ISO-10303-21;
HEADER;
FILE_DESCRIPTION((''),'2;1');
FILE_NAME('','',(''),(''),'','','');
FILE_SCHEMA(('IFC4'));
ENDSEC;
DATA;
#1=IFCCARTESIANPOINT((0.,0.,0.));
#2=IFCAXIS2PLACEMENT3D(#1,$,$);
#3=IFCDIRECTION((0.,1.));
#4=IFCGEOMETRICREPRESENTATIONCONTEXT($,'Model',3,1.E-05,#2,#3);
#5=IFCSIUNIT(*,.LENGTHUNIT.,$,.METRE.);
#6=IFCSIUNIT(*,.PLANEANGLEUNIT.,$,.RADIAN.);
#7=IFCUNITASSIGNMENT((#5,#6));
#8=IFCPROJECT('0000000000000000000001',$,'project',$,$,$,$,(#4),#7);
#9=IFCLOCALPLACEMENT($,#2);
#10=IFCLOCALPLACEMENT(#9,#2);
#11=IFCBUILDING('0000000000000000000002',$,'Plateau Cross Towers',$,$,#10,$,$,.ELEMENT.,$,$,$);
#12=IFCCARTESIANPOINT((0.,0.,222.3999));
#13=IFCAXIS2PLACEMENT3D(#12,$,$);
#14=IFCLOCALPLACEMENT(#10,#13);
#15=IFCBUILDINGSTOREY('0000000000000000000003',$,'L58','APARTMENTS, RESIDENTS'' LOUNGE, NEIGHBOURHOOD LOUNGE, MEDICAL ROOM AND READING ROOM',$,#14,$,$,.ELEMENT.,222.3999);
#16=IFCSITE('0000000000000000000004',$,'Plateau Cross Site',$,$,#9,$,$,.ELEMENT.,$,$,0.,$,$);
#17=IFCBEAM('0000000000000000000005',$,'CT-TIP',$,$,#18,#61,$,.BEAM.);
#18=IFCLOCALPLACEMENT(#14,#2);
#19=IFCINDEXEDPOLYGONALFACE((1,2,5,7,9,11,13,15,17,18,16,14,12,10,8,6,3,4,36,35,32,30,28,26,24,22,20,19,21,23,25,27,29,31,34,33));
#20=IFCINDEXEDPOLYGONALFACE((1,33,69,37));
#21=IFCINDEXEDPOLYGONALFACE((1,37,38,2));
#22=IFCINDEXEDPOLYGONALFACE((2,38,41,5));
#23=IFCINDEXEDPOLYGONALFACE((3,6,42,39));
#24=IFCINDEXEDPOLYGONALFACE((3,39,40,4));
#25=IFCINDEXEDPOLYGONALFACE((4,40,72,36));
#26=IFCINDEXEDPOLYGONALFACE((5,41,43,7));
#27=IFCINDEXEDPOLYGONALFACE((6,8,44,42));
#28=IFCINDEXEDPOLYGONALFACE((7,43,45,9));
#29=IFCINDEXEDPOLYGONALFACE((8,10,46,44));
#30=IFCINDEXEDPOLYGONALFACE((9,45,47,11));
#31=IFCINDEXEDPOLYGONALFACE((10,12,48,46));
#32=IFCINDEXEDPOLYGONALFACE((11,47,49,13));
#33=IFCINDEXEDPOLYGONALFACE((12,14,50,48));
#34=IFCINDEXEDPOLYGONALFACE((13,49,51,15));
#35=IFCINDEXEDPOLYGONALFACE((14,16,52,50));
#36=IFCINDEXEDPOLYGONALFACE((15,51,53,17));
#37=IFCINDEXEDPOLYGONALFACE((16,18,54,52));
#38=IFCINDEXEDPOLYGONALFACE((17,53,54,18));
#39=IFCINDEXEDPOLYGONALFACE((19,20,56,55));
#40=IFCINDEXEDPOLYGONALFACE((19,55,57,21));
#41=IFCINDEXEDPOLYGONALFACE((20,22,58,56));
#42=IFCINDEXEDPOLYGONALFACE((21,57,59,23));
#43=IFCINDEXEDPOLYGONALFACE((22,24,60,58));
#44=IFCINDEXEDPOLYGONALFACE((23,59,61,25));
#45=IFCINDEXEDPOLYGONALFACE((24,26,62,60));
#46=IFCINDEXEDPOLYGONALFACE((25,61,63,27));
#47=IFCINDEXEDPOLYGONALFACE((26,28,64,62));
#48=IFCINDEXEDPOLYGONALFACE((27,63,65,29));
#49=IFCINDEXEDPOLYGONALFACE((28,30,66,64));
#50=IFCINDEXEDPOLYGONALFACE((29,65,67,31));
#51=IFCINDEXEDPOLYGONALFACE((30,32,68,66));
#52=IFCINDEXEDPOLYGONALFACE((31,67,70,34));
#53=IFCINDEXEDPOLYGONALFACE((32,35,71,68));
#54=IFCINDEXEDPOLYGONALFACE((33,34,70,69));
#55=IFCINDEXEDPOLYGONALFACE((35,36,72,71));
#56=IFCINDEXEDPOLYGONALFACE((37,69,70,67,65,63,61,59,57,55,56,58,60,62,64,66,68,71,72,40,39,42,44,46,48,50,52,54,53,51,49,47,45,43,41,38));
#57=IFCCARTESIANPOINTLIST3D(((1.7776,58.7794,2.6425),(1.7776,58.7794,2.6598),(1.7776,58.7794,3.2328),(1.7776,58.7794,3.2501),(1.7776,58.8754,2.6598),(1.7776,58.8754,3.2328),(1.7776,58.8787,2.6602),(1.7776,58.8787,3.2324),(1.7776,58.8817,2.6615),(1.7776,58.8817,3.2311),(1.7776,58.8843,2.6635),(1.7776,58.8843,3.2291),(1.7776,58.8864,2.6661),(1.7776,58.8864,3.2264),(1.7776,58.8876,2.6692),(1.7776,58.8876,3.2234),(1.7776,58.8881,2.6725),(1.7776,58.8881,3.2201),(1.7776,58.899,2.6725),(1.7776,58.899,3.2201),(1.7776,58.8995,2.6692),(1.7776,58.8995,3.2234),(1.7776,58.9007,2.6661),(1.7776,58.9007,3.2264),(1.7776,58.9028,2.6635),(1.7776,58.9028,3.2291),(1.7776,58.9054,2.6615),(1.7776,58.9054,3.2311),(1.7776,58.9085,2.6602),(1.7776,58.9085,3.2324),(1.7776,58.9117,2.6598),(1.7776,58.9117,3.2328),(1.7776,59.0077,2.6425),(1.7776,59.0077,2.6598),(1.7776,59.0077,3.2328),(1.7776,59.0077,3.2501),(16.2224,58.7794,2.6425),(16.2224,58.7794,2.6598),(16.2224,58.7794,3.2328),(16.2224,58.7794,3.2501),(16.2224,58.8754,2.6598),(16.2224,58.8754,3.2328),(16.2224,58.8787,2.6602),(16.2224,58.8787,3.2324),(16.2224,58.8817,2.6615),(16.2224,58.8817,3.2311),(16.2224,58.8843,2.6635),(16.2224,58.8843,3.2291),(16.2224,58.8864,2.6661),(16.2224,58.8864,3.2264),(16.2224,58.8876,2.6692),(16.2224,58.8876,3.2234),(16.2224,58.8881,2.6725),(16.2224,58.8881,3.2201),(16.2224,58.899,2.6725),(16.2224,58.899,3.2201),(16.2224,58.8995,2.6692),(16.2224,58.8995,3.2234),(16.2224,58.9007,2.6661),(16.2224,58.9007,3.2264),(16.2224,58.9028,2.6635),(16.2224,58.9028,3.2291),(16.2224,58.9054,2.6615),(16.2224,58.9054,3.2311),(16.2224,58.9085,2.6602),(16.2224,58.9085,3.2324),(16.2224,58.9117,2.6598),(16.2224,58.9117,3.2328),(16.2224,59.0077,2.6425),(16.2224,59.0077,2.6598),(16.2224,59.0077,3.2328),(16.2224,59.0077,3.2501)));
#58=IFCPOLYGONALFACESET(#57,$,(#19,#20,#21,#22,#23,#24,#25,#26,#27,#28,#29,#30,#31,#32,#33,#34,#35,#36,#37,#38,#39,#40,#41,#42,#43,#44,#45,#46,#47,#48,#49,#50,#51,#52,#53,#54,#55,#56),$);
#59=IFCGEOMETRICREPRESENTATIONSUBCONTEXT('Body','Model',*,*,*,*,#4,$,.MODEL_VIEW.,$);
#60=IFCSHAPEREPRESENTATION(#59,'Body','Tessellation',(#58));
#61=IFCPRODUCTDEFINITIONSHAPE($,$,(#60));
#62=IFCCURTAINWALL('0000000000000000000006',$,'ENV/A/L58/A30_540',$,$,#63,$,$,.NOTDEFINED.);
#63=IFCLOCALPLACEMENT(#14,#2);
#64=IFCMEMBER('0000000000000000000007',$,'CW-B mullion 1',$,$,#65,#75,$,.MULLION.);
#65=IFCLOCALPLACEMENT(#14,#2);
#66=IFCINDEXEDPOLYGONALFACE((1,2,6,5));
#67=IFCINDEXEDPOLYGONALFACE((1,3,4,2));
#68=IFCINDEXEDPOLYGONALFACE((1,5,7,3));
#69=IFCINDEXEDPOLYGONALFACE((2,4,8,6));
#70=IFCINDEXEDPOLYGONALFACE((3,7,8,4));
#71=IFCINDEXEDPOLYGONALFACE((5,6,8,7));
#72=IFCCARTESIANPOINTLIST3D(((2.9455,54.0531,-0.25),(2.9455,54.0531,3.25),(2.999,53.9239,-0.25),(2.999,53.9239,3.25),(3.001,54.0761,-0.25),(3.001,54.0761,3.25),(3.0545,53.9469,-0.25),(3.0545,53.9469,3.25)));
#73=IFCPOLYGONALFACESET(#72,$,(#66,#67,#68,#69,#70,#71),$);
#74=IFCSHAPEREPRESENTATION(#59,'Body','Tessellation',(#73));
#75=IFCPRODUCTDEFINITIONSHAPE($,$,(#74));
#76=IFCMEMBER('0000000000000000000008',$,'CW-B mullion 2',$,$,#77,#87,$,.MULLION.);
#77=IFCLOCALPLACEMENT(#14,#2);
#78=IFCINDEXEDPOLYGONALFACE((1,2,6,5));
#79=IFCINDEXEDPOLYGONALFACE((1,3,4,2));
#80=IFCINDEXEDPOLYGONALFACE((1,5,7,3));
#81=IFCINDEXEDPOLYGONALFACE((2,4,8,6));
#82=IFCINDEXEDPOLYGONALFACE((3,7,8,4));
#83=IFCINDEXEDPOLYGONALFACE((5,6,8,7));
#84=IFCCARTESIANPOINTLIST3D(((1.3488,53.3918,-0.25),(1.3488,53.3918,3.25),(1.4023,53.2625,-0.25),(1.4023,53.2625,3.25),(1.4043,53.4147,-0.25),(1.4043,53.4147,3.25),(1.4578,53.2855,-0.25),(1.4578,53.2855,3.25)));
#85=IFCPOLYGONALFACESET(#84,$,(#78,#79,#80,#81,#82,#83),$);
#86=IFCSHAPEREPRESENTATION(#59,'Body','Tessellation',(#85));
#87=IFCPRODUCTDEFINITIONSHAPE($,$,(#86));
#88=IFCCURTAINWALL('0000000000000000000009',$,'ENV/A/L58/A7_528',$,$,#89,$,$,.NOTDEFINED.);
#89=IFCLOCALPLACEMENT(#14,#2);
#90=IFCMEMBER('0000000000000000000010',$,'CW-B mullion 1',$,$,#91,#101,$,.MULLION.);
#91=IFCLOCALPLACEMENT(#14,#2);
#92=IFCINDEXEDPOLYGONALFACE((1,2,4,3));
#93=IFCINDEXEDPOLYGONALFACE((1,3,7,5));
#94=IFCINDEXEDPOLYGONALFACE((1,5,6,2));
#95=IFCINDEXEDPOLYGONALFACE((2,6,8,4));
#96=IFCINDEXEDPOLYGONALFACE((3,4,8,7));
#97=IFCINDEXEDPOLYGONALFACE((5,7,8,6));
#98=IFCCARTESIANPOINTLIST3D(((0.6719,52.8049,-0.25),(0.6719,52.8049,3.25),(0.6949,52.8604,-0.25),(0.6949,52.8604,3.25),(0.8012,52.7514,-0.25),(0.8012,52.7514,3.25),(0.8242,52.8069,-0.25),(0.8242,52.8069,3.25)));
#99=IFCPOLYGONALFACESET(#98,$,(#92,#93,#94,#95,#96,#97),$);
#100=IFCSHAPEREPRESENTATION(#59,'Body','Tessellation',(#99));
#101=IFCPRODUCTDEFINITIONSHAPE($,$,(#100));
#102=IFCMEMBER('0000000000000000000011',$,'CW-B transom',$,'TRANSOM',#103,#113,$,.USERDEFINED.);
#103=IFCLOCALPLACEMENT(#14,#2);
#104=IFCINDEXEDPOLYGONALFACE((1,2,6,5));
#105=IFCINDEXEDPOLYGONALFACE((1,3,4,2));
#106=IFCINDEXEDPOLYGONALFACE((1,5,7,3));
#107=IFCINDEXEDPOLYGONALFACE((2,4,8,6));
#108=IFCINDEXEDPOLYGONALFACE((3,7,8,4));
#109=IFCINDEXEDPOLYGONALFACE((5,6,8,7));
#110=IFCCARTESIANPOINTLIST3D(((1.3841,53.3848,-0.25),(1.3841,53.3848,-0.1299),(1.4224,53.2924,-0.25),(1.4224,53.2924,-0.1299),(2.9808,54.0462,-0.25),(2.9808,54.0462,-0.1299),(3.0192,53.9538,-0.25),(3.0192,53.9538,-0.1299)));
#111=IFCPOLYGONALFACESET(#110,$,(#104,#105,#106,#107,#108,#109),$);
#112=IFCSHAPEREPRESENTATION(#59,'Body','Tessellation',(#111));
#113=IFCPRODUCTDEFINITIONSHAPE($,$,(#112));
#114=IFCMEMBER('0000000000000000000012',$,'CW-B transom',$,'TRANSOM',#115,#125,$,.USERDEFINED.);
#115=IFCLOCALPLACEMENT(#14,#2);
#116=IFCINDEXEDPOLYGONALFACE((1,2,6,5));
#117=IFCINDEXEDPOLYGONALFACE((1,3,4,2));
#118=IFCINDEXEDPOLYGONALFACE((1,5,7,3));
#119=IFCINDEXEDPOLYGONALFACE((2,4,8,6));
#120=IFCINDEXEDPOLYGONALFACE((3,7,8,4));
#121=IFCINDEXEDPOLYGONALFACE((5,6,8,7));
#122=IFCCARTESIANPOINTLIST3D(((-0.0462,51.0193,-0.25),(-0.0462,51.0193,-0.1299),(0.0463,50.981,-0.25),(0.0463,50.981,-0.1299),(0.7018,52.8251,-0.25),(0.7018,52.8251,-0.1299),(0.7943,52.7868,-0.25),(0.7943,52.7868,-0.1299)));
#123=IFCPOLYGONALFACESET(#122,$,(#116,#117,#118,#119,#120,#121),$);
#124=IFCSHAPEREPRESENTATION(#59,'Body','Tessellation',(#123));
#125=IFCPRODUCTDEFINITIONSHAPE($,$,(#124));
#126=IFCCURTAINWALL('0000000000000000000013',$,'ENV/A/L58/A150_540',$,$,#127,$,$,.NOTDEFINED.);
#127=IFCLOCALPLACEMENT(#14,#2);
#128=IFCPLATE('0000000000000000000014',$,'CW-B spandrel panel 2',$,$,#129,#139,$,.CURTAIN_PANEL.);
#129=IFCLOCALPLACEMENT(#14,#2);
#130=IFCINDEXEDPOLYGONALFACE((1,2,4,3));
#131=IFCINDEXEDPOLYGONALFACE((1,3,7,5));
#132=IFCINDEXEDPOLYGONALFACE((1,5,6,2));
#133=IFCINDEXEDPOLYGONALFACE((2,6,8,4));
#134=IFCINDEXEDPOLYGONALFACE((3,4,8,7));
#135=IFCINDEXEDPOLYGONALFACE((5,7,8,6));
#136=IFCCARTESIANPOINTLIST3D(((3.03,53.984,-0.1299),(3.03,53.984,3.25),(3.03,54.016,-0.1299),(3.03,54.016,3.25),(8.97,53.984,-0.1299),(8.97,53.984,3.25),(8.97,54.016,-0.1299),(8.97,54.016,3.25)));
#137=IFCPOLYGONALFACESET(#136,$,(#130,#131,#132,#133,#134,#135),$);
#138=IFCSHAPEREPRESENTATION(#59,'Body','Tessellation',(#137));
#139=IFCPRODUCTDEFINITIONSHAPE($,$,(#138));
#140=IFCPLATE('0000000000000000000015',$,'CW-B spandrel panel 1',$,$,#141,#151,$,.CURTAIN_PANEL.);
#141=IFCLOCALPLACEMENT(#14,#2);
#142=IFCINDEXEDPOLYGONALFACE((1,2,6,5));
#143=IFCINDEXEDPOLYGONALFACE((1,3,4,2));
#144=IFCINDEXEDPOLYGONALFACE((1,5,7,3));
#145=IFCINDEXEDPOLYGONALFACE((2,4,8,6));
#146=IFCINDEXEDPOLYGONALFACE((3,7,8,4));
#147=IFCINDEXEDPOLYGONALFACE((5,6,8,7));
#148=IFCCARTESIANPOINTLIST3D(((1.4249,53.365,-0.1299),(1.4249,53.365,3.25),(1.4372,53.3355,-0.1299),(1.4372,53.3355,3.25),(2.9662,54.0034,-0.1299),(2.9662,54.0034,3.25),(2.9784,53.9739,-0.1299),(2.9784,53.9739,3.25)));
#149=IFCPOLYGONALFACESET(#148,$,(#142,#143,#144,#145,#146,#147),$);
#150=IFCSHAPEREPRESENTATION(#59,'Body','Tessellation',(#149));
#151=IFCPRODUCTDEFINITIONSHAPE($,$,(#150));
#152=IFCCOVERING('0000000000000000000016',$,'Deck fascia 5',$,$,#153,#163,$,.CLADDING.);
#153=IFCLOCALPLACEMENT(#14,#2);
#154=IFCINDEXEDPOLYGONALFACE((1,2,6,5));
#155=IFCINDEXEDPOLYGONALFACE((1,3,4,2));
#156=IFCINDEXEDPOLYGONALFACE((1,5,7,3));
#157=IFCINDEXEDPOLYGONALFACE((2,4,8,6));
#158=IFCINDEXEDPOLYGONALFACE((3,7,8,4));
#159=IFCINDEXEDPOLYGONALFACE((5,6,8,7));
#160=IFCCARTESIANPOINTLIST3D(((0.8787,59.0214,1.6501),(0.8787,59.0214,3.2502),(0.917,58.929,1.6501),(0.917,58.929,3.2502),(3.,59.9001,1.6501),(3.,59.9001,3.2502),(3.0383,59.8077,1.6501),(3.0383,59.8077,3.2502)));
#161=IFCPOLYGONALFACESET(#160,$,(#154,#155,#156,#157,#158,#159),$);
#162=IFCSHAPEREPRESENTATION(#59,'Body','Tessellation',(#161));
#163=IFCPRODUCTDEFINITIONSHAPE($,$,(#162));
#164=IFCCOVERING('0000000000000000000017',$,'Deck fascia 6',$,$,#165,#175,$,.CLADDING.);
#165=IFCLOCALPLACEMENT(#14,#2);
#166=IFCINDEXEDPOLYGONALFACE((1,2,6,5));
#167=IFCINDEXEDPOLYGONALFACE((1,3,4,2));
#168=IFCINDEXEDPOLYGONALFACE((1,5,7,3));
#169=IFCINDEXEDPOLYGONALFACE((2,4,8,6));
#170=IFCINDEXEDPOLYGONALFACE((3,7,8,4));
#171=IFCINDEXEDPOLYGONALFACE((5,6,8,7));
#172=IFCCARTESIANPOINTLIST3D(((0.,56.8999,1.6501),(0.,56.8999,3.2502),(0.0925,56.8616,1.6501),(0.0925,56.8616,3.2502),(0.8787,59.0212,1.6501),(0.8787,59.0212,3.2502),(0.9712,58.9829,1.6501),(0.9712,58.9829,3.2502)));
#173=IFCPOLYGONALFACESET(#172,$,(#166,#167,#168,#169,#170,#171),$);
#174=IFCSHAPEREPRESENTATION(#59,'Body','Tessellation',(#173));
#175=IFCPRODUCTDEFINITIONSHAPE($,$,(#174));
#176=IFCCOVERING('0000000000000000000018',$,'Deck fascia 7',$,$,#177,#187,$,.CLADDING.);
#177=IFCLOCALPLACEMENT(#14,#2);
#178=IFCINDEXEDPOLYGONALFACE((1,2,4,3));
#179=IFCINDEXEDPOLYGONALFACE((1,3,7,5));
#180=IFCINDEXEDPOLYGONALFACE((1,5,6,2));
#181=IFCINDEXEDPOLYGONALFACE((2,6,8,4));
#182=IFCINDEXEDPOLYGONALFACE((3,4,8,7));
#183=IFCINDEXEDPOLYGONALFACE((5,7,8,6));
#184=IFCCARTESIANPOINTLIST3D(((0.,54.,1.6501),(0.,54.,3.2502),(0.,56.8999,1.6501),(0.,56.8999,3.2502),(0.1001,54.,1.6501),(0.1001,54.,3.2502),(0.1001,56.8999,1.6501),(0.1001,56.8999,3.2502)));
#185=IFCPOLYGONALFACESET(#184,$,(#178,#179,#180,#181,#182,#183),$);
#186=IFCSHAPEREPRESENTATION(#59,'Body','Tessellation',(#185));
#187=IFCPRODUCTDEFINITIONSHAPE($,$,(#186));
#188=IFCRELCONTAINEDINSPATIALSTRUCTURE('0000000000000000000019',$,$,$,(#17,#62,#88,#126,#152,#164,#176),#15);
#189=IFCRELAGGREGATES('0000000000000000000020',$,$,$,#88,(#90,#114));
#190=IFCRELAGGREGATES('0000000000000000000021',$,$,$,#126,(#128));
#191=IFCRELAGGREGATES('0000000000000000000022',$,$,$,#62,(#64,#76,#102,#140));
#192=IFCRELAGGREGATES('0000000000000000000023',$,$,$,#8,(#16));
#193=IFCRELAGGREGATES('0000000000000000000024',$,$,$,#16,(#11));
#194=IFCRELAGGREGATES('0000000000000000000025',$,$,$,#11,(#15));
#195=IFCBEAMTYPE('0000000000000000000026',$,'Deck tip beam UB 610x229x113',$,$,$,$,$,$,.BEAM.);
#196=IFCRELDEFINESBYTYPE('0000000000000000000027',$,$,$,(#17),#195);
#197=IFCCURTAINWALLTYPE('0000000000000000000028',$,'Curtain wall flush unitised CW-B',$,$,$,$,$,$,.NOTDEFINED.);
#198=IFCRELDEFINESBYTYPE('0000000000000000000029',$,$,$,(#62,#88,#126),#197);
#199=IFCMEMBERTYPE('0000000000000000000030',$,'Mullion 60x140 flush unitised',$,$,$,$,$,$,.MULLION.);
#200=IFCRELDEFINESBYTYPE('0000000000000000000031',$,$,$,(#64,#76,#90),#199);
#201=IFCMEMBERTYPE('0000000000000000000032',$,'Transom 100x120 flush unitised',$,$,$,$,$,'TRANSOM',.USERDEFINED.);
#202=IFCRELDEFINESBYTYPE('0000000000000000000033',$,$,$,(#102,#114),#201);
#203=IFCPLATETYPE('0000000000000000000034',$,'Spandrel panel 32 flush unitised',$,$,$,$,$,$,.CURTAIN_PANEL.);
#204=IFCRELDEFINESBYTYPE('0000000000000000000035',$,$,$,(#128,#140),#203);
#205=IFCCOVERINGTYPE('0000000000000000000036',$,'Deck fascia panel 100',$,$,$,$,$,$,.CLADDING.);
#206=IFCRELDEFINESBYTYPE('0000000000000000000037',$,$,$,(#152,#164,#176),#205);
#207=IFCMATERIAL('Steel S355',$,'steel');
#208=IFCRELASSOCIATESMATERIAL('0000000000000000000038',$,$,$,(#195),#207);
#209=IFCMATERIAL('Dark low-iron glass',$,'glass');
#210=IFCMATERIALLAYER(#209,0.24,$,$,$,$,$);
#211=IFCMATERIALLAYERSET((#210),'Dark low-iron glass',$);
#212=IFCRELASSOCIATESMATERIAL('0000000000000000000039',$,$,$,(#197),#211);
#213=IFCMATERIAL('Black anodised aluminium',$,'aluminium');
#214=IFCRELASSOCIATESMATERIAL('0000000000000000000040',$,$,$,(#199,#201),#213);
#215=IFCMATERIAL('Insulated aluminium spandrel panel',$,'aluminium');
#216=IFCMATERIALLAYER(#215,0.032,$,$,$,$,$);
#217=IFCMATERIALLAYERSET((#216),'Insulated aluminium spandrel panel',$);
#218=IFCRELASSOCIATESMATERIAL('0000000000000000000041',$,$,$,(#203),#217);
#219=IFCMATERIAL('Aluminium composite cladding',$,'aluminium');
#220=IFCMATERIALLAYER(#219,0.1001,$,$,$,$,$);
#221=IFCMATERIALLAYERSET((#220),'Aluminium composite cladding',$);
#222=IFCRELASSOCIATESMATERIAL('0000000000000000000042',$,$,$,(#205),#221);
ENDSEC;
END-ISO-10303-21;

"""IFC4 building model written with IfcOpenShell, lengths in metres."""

from ifc_helpers import new_model, si_unit, direction, frame, origin, origin_2d, place, context, subcontext, project, spatial, rectangle, i_section, extrude, material, layer, layer_set, material_profile, profile_set, type_object, element, aggregate, save


model = new_model("IFC4")

# Units and contexts
model_context = context("Model", 3, precision=1e-05, world=origin(), true_north=direction((0.0, 1.0)))
body_context = subcontext(model_context, "Body", "Model", "MODEL_VIEW")
ifc_project = project(units=[si_unit("LENGTHUNIT", "METRE"), si_unit("PLANEANGLEUNIT", "RADIAN")], contexts=[model_context])

# Site, building, storey
site_placement = place(None, origin())
site = spatial("IfcSite", under=ifc_project, at=site_placement, Name="Plateau Cross Site", CompositionType="ELEMENT", RefElevation=0.0)
building_placement = place(site_placement, origin())
building = spatial("IfcBuilding", under=site, at=building_placement, Name="Plateau Cross Towers", CompositionType="ELEMENT")
storey_placement = place(building_placement, frame((0.0, 0.0, 222.3999)))
storey = spatial("IfcBuildingStorey", under=building, at=storey_placement, Name="L58", Description="APARTMENTS, RESIDENTS' LOUNGE, NEIGHBOURHOOD LOUNGE, MEDICAL ROOM AND READING ROOM", CompositionType="ELEMENT", Elevation=222.3999)

# Shared definitions
ifc_material_1 = material(Name="Steel S355", Category="steel")

# Beam
ifc_material_profile_1 = material_profile(ifc_material_1, i_section(OverallWidth=0.2283, OverallDepth=0.6077, WebThickness=0.011, FlangeThickness=0.0173, FilletRadius=0.0127, at=origin_2d()), Name="UB 610x229x113")
ifc_profile_set_1 = profile_set([ifc_material_profile_1], Name="Steel S355")
beam_type = type_object("IfcBeamType", Name="Deck tip beam UB 610x229x113", PredefinedType="BEAM", material=ifc_profile_set_1)
beam_placement = place(storey_placement, frame((1.7776, 58.8936, 2.9463), z_axis=(1.0, 0.0, 0.0), x_axis=(0.0, 1.0, 0.0)))
element("IfcBeam", 1, at=beam_placement, inside=storey, type_object=beam_type, Name="CT-TIP", PredefinedType="BEAM", context=body_context, shape_type="SweptSolid", body=[
    extrude(i_section(OverallWidth=0.2283, OverallDepth=0.6077, WebThickness=0.011, FlangeThickness=0.0173, FilletRadius=0.0127, at=origin_2d()), origin(), (0.0, 0.0, 1.0), 14.4448),
])

# Curtain wall, members
ifc_material_2 = material(Name="Dark low-iron glass", Category="glass")
ifc_layer_1 = layer(ifc_material_2, 0.24)
ifc_layer_set_1 = layer_set([ifc_layer_1], Name="Dark low-iron glass")
curtain_wall_type = type_object("IfcCurtainWallType", Name="Curtain wall flush unitised CW-B", PredefinedType="NOTDEFINED", material=ifc_layer_set_1)
curtain_wall_1_placement = place(storey_placement, origin())
curtain_wall_1 = element("IfcCurtainWall", 2, at=curtain_wall_1_placement, inside=storey, type_object=curtain_wall_type, Name="ENV/A/L58/A30_540", PredefinedType="NOTDEFINED")
ifc_material_3 = material(Name="Black anodised aluminium", Category="aluminium")
ifc_material_profile_2 = material_profile(ifc_material_3, rectangle(XDim=0.0601, YDim=0.1399, at=origin_2d()), Name="MULLION 60x140")
ifc_profile_set_2 = profile_set([ifc_material_profile_2], Name="Black anodised aluminium")
member_type_1 = type_object("IfcMemberType", Name="Mullion 60x140 flush unitised", PredefinedType="MULLION", material=ifc_profile_set_2)
member_1_placement = place(storey_placement, frame((3.0, 54.0, -0.25), z_axis=(0.0, 0.0, 1.0), x_axis=(-0.923879, -0.382684, 0.0)))
member_1 = element("IfcMember", 3, at=member_1_placement, type_object=member_type_1, Name="CW-B mullion 1", PredefinedType="MULLION", context=body_context, shape_type="SweptSolid", body=[
    extrude(rectangle(XDim=0.0601, YDim=0.1399, at=origin_2d()), origin(), (0.0, 0.0, 1.0), 3.5),
])
member_2_placement = place(storey_placement, frame((1.4033, 53.3386, -0.25), z_axis=(0.0, 0.0, 1.0), x_axis=(-0.923879, -0.382684, 0.0)))
member_2 = element("IfcMember", 4, at=member_2_placement, type_object=member_type_1, Name="CW-B mullion 2", PredefinedType="MULLION", context=body_context, shape_type="SweptSolid", body=[
    extrude(rectangle(XDim=0.0601, YDim=0.1399, at=origin_2d()), origin(), (0.0, 0.0, 1.0), 3.5),
])

# Curtain wall, member
curtain_wall_2_placement = place(storey_placement, origin())
curtain_wall_2 = element("IfcCurtainWall", 5, at=curtain_wall_2_placement, inside=storey, type_object=curtain_wall_type, Name="ENV/A/L58/A7_528", PredefinedType="NOTDEFINED")
member_3_placement = place(storey_placement, frame((0.748, 52.8059, -0.25), z_axis=(0.0, 0.0, 1.0), x_axis=(-0.382684, -0.923879, 0.0)))
member_3 = element("IfcMember", 6, at=member_3_placement, type_object=member_type_1, Name="CW-B mullion 1", PredefinedType="MULLION", context=body_context, shape_type="SweptSolid", body=[
    extrude(rectangle(XDim=0.0601, YDim=0.1399, at=origin_2d()), origin(), (0.0, 0.0, 1.0), 3.5),
])

# Members
ifc_material_profile_3 = material_profile(ifc_material_3, rectangle(XDim=0.1001, YDim=0.1201, at=origin_2d()), Name="TRANSOM 100x120")
ifc_profile_set_3 = profile_set([ifc_material_profile_3], Name="Black anodised aluminium")
member_type_2 = type_object("IfcMemberType", Name="Transom 100x120 flush unitised", ElementType="TRANSOM", PredefinedType="USERDEFINED", material=ifc_profile_set_3)
member_4_placement = place(storey_placement, frame((3.0, 54.0, -0.1899), z_axis=(-0.923877, -0.382689, 0.0), x_axis=(0.382689, -0.923877, 0.0)))
member_4 = element("IfcMember", 7, at=member_4_placement, type_object=member_type_2, Name="CW-B transom", ObjectType="TRANSOM", PredefinedType="USERDEFINED", context=body_context, shape_type="SweptSolid", body=[
    extrude(rectangle(XDim=0.1001, YDim=0.1201, at=origin_2d()), origin(), (0.0, 0.0, 1.0), 1.7283),
])
member_5_placement = place(storey_placement, frame((0.748, 52.8059, -0.1899), z_axis=(-0.38269, -0.923877, 0.0), x_axis=(0.923877, -0.38269, 0.0)))
member_5 = element("IfcMember", 8, at=member_5_placement, type_object=member_type_2, Name="CW-B transom", ObjectType="TRANSOM", PredefinedType="USERDEFINED", context=body_context, shape_type="SweptSolid", body=[
    extrude(rectangle(XDim=0.1001, YDim=0.1201, at=origin_2d()), origin(), (0.0, 0.0, 1.0), 1.9546),
])
aggregate(curtain_wall_2, [member_3, member_5])

# Curtain wall, plate
curtain_wall_3_placement = place(storey_placement, origin())
curtain_wall_3 = element("IfcCurtainWall", 9, at=curtain_wall_3_placement, inside=storey, type_object=curtain_wall_type, Name="ENV/A/L58/A150_540", PredefinedType="NOTDEFINED")
ifc_material_4 = material(Name="Insulated aluminium spandrel panel", Category="aluminium")
ifc_layer_2 = layer(ifc_material_4, 0.032)
ifc_layer_set_2 = layer_set([ifc_layer_2], Name="Insulated aluminium spandrel panel")
plate_type = type_object("IfcPlateType", Name="Spandrel panel 32 flush unitised", PredefinedType="CURTAIN_PANEL", material=ifc_layer_set_2)
plate_1_placement = place(storey_placement, frame((6.0, 54.0, -0.1299), z_axis=(0.0, 0.0, 1.0), x_axis=(-1.0, 0.0, 0.0)))
plate_1 = element("IfcPlate", 10, at=plate_1_placement, type_object=plate_type, Name="CW-B spandrel panel 2", PredefinedType="CURTAIN_PANEL", context=body_context, shape_type="SweptSolid", body=[
    extrude(rectangle(XDim=5.9399, YDim=0.032, at=origin_2d()), origin(), (0.0, 0.0, 1.0), 3.3799),
])
aggregate(curtain_wall_3, [plate_1])

# Plate
plate_2_placement = place(storey_placement, frame((2.2017, 53.6694, -0.1299), z_axis=(0.0, 0.0, 1.0), x_axis=(-0.923879, -0.382684, 0.0)))
plate_2 = element("IfcPlate", 11, at=plate_2_placement, type_object=plate_type, Name="CW-B spandrel panel 1", PredefinedType="CURTAIN_PANEL", context=body_context, shape_type="SweptSolid", body=[
    extrude(rectangle(XDim=1.6682, YDim=0.032, at=origin_2d()), origin(), (0.0, 0.0, 1.0), 3.3799),
])
aggregate(curtain_wall_1, [member_1, member_2, member_4, plate_2])

# Coverings
ifc_material_5 = material(Name="Aluminium composite cladding", Category="aluminium")
ifc_layer_3 = layer(ifc_material_5, 0.1001)
ifc_layer_set_3 = layer_set([ifc_layer_3], Name="Aluminium composite cladding")
covering_type = type_object("IfcCoveringType", Name="Deck fascia panel 100", PredefinedType="CLADDING", material=ifc_layer_set_3)
for number, where, z_axis, x_axis, name in (
    (12, (1.9585, 59.4146, 1.6501), (0.0, 0.0, 1.0), (-0.923879, -0.382684, 0.0), "Deck fascia 5"),
    (13, (0.4856, 57.9414, 1.6501), (0.0, 0.0, 1.0), (-0.382684, -0.923879, 0.0), "Deck fascia 6"),
):
    element("IfcCovering", number, at=place(storey_placement, frame(where, z_axis=z_axis, x_axis=x_axis)), inside=storey, type_object=covering_type, Name=name, PredefinedType="CLADDING", context=body_context, shape_type="SweptSolid", body=[
        extrude(rectangle(XDim=2.2961, YDim=0.1001, at=origin_2d()), origin(), (0.0, 0.0, 1.0), 1.6001),
    ])
covering_placement = place(storey_placement, frame((0.05, 55.45, 1.6501), z_axis=(0.0, 0.0, 1.0), x_axis=(0.0, -1.0, 0.0)))
element("IfcCovering", 14, at=covering_placement, inside=storey, type_object=covering_type, Name="Deck fascia 7", PredefinedType="CLADDING", context=body_context, shape_type="SweptSolid", body=[
    extrude(rectangle(XDim=2.8999, YDim=0.1001, at=origin_2d()), origin(), (0.0, 0.0, 1.0), 1.6001),
])

save(model, "model.ifc")
